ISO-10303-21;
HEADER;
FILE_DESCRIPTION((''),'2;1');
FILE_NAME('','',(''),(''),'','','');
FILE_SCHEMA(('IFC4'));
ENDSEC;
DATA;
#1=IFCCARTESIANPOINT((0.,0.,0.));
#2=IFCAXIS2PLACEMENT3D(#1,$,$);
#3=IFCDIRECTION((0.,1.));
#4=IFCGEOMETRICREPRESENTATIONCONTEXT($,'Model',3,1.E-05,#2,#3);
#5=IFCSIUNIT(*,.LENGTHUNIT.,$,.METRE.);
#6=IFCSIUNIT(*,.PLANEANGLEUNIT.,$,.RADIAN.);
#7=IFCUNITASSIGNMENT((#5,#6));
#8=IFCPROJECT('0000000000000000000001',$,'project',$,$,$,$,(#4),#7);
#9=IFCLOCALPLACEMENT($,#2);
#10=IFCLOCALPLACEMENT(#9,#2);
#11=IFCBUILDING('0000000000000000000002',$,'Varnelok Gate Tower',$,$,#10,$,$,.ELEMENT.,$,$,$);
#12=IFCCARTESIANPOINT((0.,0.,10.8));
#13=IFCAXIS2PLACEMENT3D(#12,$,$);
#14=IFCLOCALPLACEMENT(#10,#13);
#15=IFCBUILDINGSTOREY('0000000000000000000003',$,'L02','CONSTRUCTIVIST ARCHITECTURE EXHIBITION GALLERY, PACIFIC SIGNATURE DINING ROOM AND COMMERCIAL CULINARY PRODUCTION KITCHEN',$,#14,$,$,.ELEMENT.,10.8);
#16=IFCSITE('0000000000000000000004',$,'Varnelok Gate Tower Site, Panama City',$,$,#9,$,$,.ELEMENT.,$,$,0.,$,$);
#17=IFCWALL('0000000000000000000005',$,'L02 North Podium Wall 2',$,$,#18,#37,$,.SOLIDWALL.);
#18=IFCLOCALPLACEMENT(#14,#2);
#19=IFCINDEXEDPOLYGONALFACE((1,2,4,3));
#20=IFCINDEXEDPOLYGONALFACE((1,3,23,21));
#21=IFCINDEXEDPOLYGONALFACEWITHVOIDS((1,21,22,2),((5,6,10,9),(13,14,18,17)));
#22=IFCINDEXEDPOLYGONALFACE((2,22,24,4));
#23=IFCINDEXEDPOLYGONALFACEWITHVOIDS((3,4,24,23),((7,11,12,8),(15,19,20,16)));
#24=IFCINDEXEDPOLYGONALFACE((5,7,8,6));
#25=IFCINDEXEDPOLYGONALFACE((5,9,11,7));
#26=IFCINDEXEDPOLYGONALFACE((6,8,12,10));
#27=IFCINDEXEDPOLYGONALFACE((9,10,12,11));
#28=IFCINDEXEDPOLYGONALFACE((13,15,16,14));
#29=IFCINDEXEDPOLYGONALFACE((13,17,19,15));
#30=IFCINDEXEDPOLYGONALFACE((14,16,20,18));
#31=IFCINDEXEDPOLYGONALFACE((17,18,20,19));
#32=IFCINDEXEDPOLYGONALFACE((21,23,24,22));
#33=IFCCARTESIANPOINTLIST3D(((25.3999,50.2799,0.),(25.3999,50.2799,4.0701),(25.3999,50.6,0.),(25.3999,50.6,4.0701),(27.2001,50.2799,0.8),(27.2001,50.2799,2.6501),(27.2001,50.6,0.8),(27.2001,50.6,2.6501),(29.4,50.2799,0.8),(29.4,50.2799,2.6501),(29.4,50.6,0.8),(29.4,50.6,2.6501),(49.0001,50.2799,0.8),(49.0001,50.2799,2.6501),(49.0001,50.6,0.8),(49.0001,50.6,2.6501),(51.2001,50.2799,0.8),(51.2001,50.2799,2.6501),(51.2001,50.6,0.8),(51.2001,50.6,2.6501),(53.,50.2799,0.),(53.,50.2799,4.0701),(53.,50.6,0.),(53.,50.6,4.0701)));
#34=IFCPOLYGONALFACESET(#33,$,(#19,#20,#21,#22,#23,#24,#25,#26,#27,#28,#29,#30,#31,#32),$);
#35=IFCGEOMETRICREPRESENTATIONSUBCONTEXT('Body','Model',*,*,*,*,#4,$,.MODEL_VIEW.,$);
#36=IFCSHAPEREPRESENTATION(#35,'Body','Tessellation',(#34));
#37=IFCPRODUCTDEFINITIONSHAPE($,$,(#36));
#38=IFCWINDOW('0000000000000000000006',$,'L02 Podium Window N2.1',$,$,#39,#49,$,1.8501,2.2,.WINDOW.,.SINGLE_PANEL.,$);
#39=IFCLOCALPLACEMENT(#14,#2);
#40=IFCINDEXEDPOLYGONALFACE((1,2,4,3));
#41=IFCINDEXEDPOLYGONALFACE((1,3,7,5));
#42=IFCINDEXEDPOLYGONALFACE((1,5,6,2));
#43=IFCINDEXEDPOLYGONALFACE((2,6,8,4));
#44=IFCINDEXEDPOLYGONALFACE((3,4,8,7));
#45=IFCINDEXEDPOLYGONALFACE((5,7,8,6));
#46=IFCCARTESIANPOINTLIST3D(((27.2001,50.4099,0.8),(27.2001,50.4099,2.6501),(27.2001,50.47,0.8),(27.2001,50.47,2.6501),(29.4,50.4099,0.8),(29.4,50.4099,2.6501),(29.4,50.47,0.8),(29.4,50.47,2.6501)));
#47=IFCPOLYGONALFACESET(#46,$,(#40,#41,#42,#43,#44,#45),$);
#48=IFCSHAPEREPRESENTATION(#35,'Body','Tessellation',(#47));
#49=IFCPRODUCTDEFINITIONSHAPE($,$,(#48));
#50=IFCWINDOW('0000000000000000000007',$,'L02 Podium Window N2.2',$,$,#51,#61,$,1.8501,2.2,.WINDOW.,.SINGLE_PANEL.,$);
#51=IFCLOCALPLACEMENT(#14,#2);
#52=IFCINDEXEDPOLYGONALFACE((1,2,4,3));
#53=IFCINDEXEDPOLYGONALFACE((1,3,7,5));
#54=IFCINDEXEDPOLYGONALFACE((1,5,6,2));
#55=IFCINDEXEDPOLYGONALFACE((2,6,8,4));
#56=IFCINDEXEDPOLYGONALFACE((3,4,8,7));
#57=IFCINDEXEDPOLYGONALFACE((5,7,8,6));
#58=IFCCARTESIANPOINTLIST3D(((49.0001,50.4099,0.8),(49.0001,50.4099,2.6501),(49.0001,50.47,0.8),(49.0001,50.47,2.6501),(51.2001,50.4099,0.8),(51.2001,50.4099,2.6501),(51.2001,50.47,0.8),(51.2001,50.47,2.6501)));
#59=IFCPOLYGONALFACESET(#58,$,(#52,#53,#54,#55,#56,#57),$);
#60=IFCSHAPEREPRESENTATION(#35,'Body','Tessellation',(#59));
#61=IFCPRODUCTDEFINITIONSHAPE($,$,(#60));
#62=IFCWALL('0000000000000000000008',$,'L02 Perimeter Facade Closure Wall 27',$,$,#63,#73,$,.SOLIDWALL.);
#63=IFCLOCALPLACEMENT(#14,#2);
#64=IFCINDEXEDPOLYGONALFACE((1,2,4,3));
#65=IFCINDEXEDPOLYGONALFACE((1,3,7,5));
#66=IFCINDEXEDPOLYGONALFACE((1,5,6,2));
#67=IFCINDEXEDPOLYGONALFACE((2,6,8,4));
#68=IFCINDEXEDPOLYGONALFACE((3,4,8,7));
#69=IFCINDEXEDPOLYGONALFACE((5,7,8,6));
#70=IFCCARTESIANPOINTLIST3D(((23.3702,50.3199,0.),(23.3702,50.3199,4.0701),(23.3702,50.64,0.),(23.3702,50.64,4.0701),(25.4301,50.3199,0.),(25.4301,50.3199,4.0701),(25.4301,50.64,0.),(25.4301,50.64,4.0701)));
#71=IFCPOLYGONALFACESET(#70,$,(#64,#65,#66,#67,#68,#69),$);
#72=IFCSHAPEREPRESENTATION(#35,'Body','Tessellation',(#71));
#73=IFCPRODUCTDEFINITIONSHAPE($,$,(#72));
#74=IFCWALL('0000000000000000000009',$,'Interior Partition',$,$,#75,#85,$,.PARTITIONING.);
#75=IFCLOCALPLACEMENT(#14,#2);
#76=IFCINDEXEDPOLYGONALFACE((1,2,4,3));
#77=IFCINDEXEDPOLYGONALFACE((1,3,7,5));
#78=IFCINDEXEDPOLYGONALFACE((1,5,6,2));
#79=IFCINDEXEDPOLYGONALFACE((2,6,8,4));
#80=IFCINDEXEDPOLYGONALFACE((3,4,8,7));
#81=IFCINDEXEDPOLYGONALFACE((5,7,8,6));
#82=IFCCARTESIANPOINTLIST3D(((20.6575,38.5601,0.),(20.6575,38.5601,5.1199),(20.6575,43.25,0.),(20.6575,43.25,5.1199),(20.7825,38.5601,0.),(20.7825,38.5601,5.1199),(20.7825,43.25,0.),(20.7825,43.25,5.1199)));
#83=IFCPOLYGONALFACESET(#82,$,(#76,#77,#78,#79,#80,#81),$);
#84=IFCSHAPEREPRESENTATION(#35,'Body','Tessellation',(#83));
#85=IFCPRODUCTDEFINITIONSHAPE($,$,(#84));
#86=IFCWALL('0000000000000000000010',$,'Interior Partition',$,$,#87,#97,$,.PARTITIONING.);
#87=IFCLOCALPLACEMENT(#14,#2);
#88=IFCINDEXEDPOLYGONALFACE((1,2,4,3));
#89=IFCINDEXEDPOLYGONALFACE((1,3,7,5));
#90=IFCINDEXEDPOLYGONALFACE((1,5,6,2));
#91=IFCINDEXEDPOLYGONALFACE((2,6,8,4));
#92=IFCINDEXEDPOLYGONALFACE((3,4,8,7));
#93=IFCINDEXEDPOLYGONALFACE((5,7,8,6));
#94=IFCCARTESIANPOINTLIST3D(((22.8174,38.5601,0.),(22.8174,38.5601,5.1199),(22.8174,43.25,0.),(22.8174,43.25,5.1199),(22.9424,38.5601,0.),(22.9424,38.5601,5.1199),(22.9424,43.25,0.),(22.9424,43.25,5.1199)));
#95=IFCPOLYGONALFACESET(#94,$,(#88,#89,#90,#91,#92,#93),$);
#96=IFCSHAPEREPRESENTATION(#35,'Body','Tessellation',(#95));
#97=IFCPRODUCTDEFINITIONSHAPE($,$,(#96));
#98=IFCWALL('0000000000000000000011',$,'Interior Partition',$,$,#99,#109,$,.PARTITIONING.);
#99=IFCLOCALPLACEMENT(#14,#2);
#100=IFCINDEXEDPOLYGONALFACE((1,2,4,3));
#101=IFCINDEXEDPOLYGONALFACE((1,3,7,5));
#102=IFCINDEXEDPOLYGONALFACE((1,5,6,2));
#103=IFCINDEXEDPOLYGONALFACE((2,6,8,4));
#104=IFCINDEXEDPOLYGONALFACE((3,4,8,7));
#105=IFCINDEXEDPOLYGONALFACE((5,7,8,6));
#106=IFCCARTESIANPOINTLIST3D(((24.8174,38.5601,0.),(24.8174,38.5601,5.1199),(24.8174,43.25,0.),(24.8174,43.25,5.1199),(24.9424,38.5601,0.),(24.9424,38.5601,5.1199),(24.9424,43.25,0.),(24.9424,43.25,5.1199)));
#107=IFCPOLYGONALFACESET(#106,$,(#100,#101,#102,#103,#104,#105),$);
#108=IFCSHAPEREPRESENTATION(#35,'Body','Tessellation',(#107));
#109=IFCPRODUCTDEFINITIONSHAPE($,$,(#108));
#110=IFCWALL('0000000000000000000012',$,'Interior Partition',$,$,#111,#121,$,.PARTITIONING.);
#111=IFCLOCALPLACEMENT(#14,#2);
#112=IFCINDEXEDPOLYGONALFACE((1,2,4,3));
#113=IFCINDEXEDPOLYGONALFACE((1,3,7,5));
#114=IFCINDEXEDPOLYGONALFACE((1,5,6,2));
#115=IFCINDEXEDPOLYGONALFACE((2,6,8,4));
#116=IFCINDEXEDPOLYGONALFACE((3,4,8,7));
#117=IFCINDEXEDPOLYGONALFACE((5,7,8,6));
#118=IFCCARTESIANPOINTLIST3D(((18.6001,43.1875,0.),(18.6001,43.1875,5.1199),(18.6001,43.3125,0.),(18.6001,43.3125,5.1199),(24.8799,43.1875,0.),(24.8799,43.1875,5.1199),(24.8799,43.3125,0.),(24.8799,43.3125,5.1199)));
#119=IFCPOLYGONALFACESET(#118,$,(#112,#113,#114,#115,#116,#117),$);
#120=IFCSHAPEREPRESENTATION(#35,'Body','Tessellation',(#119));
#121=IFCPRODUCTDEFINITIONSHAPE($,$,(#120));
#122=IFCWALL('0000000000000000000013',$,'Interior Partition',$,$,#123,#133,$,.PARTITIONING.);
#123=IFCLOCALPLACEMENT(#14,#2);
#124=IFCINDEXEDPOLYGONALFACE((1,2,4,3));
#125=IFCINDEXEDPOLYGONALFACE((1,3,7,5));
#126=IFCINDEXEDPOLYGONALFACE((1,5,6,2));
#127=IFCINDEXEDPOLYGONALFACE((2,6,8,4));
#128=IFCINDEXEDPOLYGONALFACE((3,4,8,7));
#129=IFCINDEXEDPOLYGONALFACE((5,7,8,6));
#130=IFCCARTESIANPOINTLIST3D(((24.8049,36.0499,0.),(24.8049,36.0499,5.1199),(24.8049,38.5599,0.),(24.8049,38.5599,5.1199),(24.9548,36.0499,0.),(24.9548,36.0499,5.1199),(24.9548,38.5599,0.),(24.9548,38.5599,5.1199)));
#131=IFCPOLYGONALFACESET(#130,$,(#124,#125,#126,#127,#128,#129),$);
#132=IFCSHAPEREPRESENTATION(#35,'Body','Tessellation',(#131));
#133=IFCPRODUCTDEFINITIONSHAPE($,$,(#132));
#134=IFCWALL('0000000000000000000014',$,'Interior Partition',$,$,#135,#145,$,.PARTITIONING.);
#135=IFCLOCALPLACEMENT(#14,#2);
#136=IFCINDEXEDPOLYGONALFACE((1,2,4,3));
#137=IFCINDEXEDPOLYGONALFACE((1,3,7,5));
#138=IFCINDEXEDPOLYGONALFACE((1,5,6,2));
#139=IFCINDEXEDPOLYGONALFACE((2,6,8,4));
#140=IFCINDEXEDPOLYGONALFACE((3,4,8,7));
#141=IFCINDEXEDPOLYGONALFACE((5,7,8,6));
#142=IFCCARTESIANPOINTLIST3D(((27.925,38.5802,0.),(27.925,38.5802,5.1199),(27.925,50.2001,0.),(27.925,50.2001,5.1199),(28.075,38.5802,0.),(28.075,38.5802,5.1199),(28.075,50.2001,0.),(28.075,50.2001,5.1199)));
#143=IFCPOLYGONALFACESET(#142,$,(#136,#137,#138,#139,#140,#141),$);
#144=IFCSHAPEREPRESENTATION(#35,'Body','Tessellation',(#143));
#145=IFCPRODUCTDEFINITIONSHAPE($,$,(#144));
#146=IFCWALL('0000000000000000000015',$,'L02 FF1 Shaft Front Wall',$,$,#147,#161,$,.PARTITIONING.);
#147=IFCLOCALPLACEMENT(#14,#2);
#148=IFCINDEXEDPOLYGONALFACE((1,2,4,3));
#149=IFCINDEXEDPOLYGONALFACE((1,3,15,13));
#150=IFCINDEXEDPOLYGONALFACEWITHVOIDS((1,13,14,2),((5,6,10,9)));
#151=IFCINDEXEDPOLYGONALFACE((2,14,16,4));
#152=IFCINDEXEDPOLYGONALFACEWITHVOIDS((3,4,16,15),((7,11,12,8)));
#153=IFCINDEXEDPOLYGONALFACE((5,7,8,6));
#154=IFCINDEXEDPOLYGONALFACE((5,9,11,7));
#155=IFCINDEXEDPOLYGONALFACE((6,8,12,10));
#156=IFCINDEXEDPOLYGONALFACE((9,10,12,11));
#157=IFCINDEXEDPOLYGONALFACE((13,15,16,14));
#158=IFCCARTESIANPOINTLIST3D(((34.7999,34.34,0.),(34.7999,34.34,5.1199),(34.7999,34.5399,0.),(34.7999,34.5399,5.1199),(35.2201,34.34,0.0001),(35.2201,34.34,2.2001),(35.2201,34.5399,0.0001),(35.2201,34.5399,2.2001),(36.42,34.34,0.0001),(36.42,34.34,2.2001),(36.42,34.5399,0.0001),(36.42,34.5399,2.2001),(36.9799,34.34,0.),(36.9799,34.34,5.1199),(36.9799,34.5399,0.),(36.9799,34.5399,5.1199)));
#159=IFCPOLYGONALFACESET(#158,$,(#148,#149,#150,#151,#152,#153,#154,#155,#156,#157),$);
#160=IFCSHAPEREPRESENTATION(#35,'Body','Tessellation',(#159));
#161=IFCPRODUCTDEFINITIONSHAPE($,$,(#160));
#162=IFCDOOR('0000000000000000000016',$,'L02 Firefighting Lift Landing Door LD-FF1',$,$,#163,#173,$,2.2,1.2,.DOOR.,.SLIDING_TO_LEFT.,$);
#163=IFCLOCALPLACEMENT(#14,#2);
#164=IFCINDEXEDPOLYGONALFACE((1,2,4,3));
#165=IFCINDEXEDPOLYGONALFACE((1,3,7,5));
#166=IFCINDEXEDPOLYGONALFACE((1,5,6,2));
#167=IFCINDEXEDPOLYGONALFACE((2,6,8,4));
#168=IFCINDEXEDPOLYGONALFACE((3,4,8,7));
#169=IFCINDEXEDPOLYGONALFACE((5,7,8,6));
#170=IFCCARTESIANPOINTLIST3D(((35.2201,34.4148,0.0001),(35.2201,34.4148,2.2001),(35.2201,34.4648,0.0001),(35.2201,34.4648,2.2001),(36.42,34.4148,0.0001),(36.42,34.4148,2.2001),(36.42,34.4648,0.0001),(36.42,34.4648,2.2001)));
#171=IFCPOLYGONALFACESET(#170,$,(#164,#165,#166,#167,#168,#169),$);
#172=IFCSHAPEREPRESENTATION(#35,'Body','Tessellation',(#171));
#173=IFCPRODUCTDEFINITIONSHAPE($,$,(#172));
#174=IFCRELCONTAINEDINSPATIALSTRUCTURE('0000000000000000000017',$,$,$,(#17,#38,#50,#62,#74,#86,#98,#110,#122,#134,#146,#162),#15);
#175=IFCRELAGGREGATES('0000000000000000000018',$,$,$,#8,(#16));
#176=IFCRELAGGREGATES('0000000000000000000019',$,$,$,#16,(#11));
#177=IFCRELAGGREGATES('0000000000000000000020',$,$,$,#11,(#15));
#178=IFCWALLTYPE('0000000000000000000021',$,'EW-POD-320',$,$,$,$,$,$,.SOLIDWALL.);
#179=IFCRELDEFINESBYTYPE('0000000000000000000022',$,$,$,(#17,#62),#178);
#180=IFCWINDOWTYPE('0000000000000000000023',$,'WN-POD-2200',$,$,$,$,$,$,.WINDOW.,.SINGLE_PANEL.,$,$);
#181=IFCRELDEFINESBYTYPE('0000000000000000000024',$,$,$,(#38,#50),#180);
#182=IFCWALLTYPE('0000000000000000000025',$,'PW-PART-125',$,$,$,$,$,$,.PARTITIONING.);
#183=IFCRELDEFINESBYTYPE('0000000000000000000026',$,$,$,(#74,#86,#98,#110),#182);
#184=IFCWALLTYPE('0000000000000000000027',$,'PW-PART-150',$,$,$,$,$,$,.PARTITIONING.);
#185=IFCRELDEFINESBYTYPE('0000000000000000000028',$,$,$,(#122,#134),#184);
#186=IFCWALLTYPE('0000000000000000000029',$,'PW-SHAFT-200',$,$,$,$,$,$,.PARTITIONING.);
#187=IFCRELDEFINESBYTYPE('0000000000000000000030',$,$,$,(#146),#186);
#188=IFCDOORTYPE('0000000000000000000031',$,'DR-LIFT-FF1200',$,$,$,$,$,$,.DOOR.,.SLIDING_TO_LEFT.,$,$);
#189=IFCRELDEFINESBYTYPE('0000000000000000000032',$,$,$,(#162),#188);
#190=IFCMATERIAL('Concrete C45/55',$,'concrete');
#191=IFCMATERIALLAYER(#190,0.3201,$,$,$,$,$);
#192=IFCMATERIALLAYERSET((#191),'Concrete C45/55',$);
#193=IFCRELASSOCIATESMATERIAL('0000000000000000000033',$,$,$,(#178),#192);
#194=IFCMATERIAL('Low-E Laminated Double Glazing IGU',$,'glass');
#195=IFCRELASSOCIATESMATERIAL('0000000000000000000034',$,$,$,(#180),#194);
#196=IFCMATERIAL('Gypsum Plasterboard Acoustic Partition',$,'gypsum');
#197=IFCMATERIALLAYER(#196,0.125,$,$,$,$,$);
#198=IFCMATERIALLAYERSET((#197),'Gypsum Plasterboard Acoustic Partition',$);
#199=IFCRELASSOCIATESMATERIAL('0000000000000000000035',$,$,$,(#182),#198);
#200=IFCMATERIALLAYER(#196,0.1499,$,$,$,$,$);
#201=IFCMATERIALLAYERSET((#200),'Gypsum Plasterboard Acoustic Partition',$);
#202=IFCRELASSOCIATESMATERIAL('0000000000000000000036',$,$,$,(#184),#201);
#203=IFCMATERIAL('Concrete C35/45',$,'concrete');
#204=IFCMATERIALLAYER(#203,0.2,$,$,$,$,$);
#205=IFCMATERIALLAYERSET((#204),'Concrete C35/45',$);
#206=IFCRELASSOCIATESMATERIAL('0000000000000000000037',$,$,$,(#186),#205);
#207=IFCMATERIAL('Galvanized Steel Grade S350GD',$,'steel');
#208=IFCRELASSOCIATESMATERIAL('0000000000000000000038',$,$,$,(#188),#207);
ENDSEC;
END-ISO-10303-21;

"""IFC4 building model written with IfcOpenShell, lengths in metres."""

from ifc_helpers import new_model, si_unit, direction, frame, frame_2d, origin, place, context, subcontext, project, spatial, rectangle, extrude, material, layer, layer_set, type_object, element, fill, save


model = new_model("IFC4")

# Units and contexts
model_context = context("Model", 3, precision=1e-05, world=origin(), true_north=direction((0.0, 1.0)))
body_context = subcontext(model_context, "Body", "Model", "MODEL_VIEW")
ifc_project = project(units=[si_unit("LENGTHUNIT", "METRE"), si_unit("PLANEANGLEUNIT", "RADIAN")], contexts=[model_context])

# Site, building, storey
site_placement = place(None, origin())
site = spatial("IfcSite", under=ifc_project, at=site_placement, Name="Varnelok Gate Tower Site, Panama City", CompositionType="ELEMENT", RefElevation=0.0)
building_placement = place(site_placement, origin())
building = spatial("IfcBuilding", under=site, at=building_placement, Name="Varnelok Gate Tower", CompositionType="ELEMENT")
storey_placement = place(building_placement, frame((0.0, 0.0, 10.8)))
storey = spatial("IfcBuildingStorey", under=building, at=storey_placement, Name="L02", Description="CONSTRUCTIVIST ARCHITECTURE EXHIBITION GALLERY, PACIFIC SIGNATURE DINING ROOM AND COMMERCIAL CULINARY PRODUCTION KITCHEN", CompositionType="ELEMENT", Elevation=10.8)

# Wall, openings, windows
ifc_material_1 = material(Name="Concrete C45/55", Category="concrete")
ifc_layer_1 = layer(ifc_material_1, 0.3201)
ifc_layer_set_1 = layer_set([ifc_layer_1], Name="Concrete C45/55")
wall_type_1 = type_object("IfcWallType", Name="EW-POD-320", PredefinedType="SOLIDWALL", material=ifc_layer_set_1)
wall_1_placement = place(storey_placement, frame((25.3999, 50.4399, 0.0), z_axis=(0.0, 0.0, 1.0), x_axis=(1.0, 0.0, 0.0)))
wall_1 = element("IfcWall", 1, at=wall_1_placement, inside=storey, type_object=wall_type_1, Name="L02 North Podium Wall 2", PredefinedType="SOLIDWALL", context=body_context, shape_type="SweptSolid", body=[
    extrude(rectangle(XDim=27.6001, YDim=0.3201, at=frame_2d((13.8, 0.0))), origin(), (0.0, 0.0, 1.0), 4.0701),
])
opening_1_placement = place(wall_1_placement, frame((1.8, 0.0, 0.8)))
opening_1 = element("IfcOpeningElement", 2, at=opening_1_placement, cuts=wall_1, PredefinedType="OPENING", context=body_context, shape_type="SweptSolid", body=[
    extrude(rectangle(XDim=2.2, YDim=1.8501, at=frame_2d((1.1001, 0.925))), frame((0.0, 0.1699, 0.0), z_axis=(0.0, -1.0, 0.0), x_axis=(1.0, 0.0, 0.0)), (0.0, 0.0, 1.0), 0.3401),
])
opening_2_placement = place(wall_1_placement, frame((23.6001, 0.0, 0.8)))
opening_2 = element("IfcOpeningElement", 3, at=opening_2_placement, cuts=wall_1, PredefinedType="OPENING", context=body_context, shape_type="SweptSolid", body=[
    extrude(rectangle(XDim=2.2, YDim=1.8501, at=frame_2d((1.1001, 0.925))), frame((0.0, 0.1699, 0.0), z_axis=(0.0, -1.0, 0.0), x_axis=(1.0, 0.0, 0.0)), (0.0, 0.0, 1.0), 0.3401),
])
ifc_material_2 = material(Name="Low-E Laminated Double Glazing IGU", Category="glass")
window_type = type_object("IfcWindowType", Name="WN-POD-2200", PartitioningType="SINGLE_PANEL", PredefinedType="WINDOW", material=ifc_material_2)
window_1_placement = place(opening_1_placement, origin())
window_1 = element("IfcWindow", 4, at=window_1_placement, inside=storey, type_object=window_type, Name="L02 Podium Window N2.1", OverallHeight=1.8501, OverallWidth=2.2, PartitioningType="SINGLE_PANEL", PredefinedType="WINDOW", context=body_context, shape_type="SweptSolid", body=[
    extrude(rectangle(XDim=2.2, YDim=1.8501, at=frame_2d((1.1001, 0.925))), frame((0.0, 0.03, 0.0), z_axis=(0.0, -1.0, 0.0), x_axis=(1.0, 0.0, 0.0)), (0.0, 0.0, 1.0), 0.0601),
])
fill(opening_1, window_1)
window_2_placement = place(opening_2_placement, origin())
window_2 = element("IfcWindow", 5, at=window_2_placement, inside=storey, type_object=window_type, Name="L02 Podium Window N2.2", OverallHeight=1.8501, OverallWidth=2.2, PartitioningType="SINGLE_PANEL", PredefinedType="WINDOW", context=body_context, shape_type="SweptSolid", body=[
    extrude(rectangle(XDim=2.2, YDim=1.8501, at=frame_2d((1.1001, 0.925))), frame((0.0, 0.03, 0.0), z_axis=(0.0, -1.0, 0.0), x_axis=(1.0, 0.0, 0.0)), (0.0, 0.0, 1.0), 0.0601),
])
fill(opening_2, window_2)

# Walls
wall_2_placement = place(storey_placement, frame((25.4299, 50.48, 0.0), z_axis=(0.0, 0.0, 1.0), x_axis=(-1.0, 0.0, 0.0)))
element("IfcWall", 6, at=wall_2_placement, inside=storey, type_object=wall_type_1, Name="L02 Perimeter Facade Closure Wall 27", PredefinedType="SOLIDWALL", context=body_context, shape_type="SweptSolid", body=[
    extrude(rectangle(XDim=2.0598, YDim=0.3201, at=frame_2d((1.0298, 0.0))), origin(), (0.0, 0.0, 1.0), 4.0701),
])
ifc_material_3 = material(Name="Gypsum Plasterboard Acoustic Partition", Category="gypsum")
ifc_layer_2 = layer(ifc_material_3, 0.125)
ifc_layer_set_2 = layer_set([ifc_layer_2], Name="Gypsum Plasterboard Acoustic Partition")
wall_type_2 = type_object("IfcWallType", Name="PW-PART-125", PredefinedType="PARTITIONING", material=ifc_layer_set_2)
for number, where, z_axis, x_axis, name in (
    (7, (20.72, 38.5601, 0.0), (0.0, 0.0, 1.0), (0.0, 1.0, 0.0), "Interior Partition"),
    (8, (22.8799, 38.5601, 0.0), (0.0, 0.0, 1.0), (0.0, 1.0, 0.0), "Interior Partition"),
    (9, (24.8799, 38.5601, 0.0), (0.0, 0.0, 1.0), (0.0, 1.0, 0.0), "Interior Partition"),
):
    element("IfcWall", number, at=place(storey_placement, frame(where, z_axis=z_axis, x_axis=x_axis)), inside=storey, type_object=wall_type_2, Name=name, PredefinedType="PARTITIONING", context=body_context, shape_type="SweptSolid", body=[
        extrude(rectangle(XDim=4.6899, YDim=0.125, at=frame_2d((2.345, 0.0))), origin(), (0.0, 0.0, 1.0), 5.1199),
    ])
wall_3_placement = place(storey_placement, frame((18.6001, 43.25, 0.0), z_axis=(0.0, 0.0, 1.0), x_axis=(1.0, 0.0, 0.0)))
element("IfcWall", 10, at=wall_3_placement, inside=storey, type_object=wall_type_2, Name="Interior Partition", PredefinedType="PARTITIONING", context=body_context, shape_type="SweptSolid", body=[
    extrude(rectangle(XDim=6.2798, YDim=0.125, at=frame_2d((3.1399, 0.0))), origin(), (0.0, 0.0, 1.0), 5.1199),
])
ifc_layer_3 = layer(ifc_material_3, 0.1499)
ifc_layer_set_3 = layer_set([ifc_layer_3], Name="Gypsum Plasterboard Acoustic Partition")
wall_type_3 = type_object("IfcWallType", Name="PW-PART-150", PredefinedType="PARTITIONING", material=ifc_layer_set_3)
wall_4_placement = place(storey_placement, frame((24.8799, 36.05, 0.0), z_axis=(0.0, 0.0, 1.0), x_axis=(0.0, 1.0, 0.0)))
element("IfcWall", 11, at=wall_4_placement, inside=storey, type_object=wall_type_3, Name="Interior Partition", PredefinedType="PARTITIONING", context=body_context, shape_type="SweptSolid", body=[
    extrude(rectangle(XDim=2.51, YDim=0.1499, at=frame_2d((1.2549, 0.0))), origin(), (0.0, 0.0, 1.0), 5.1199),
])
wall_5_placement = place(storey_placement, frame((28.0, 38.5801, 0.0), z_axis=(0.0, 0.0, 1.0), x_axis=(0.0, 1.0, 0.0)))
element("IfcWall", 12, at=wall_5_placement, inside=storey, type_object=wall_type_3, Name="Interior Partition", PredefinedType="PARTITIONING", context=body_context, shape_type="SweptSolid", body=[
    extrude(rectangle(XDim=11.6199, YDim=0.1499, at=frame_2d((5.8101, 0.0))), origin(), (0.0, 0.0, 1.0), 5.1199),
])

# Wall, opening, door
ifc_material_4 = material(Name="Concrete C35/45", Category="concrete")
ifc_layer_4 = layer(ifc_material_4, 0.2)
ifc_layer_set_4 = layer_set([ifc_layer_4], Name="Concrete C35/45")
wall_type_4 = type_object("IfcWallType", Name="PW-SHAFT-200", PredefinedType="PARTITIONING", material=ifc_layer_set_4)
wall_6_placement = place(storey_placement, frame((34.8, 34.4399, 0.0), z_axis=(0.0, 0.0, 1.0), x_axis=(1.0, 0.0, 0.0)))
wall_6 = element("IfcWall", 13, at=wall_6_placement, inside=storey, type_object=wall_type_4, Name="L02 FF1 Shaft Front Wall", PredefinedType="PARTITIONING", context=body_context, shape_type="SweptSolid", body=[
    extrude(rectangle(XDim=2.1799, YDim=0.2, at=frame_2d((1.0898, 0.0))), origin(), (0.0, 0.0, 1.0), 5.1199),
])
opening_3_placement = place(wall_6_placement, frame((0.4199, 0.0, 0.0)))
opening_3 = element("IfcOpeningElement", 14, at=opening_3_placement, cuts=wall_6, PredefinedType="OPENING", context=body_context, shape_type="SweptSolid", body=[
    extrude(rectangle(XDim=1.2, YDim=2.2, at=frame_2d((0.6001, 1.1001))), frame((0.0, 0.1099, 0.0), z_axis=(0.0, -1.0, 0.0), x_axis=(1.0, 0.0, 0.0)), (0.0, 0.0, 1.0), 0.22),
])
ifc_material_5 = material(Name="Galvanized Steel Grade S350GD", Category="steel")
door_type = type_object("IfcDoorType", Name="DR-LIFT-FF1200", OperationType="SLIDING_TO_LEFT", PredefinedType="DOOR", material=ifc_material_5)
door_placement = place(opening_3_placement, origin())
door = element("IfcDoor", 15, at=door_placement, inside=storey, type_object=door_type, Name="L02 Firefighting Lift Landing Door LD-FF1", OperationType="SLIDING_TO_LEFT", OverallHeight=2.2, OverallWidth=1.2, PredefinedType="DOOR", context=body_context, shape_type="SweptSolid", body=[
    extrude(rectangle(XDim=1.2, YDim=2.2, at=frame_2d((0.6001, 1.1001))), frame((0.0, 0.0249, 0.0), z_axis=(0.0, -1.0, 0.0), x_axis=(1.0, 0.0, 0.0)), (0.0, 0.0, 1.0), 0.05),
])
fill(opening_3, door)

save(model, "model.ifc")
